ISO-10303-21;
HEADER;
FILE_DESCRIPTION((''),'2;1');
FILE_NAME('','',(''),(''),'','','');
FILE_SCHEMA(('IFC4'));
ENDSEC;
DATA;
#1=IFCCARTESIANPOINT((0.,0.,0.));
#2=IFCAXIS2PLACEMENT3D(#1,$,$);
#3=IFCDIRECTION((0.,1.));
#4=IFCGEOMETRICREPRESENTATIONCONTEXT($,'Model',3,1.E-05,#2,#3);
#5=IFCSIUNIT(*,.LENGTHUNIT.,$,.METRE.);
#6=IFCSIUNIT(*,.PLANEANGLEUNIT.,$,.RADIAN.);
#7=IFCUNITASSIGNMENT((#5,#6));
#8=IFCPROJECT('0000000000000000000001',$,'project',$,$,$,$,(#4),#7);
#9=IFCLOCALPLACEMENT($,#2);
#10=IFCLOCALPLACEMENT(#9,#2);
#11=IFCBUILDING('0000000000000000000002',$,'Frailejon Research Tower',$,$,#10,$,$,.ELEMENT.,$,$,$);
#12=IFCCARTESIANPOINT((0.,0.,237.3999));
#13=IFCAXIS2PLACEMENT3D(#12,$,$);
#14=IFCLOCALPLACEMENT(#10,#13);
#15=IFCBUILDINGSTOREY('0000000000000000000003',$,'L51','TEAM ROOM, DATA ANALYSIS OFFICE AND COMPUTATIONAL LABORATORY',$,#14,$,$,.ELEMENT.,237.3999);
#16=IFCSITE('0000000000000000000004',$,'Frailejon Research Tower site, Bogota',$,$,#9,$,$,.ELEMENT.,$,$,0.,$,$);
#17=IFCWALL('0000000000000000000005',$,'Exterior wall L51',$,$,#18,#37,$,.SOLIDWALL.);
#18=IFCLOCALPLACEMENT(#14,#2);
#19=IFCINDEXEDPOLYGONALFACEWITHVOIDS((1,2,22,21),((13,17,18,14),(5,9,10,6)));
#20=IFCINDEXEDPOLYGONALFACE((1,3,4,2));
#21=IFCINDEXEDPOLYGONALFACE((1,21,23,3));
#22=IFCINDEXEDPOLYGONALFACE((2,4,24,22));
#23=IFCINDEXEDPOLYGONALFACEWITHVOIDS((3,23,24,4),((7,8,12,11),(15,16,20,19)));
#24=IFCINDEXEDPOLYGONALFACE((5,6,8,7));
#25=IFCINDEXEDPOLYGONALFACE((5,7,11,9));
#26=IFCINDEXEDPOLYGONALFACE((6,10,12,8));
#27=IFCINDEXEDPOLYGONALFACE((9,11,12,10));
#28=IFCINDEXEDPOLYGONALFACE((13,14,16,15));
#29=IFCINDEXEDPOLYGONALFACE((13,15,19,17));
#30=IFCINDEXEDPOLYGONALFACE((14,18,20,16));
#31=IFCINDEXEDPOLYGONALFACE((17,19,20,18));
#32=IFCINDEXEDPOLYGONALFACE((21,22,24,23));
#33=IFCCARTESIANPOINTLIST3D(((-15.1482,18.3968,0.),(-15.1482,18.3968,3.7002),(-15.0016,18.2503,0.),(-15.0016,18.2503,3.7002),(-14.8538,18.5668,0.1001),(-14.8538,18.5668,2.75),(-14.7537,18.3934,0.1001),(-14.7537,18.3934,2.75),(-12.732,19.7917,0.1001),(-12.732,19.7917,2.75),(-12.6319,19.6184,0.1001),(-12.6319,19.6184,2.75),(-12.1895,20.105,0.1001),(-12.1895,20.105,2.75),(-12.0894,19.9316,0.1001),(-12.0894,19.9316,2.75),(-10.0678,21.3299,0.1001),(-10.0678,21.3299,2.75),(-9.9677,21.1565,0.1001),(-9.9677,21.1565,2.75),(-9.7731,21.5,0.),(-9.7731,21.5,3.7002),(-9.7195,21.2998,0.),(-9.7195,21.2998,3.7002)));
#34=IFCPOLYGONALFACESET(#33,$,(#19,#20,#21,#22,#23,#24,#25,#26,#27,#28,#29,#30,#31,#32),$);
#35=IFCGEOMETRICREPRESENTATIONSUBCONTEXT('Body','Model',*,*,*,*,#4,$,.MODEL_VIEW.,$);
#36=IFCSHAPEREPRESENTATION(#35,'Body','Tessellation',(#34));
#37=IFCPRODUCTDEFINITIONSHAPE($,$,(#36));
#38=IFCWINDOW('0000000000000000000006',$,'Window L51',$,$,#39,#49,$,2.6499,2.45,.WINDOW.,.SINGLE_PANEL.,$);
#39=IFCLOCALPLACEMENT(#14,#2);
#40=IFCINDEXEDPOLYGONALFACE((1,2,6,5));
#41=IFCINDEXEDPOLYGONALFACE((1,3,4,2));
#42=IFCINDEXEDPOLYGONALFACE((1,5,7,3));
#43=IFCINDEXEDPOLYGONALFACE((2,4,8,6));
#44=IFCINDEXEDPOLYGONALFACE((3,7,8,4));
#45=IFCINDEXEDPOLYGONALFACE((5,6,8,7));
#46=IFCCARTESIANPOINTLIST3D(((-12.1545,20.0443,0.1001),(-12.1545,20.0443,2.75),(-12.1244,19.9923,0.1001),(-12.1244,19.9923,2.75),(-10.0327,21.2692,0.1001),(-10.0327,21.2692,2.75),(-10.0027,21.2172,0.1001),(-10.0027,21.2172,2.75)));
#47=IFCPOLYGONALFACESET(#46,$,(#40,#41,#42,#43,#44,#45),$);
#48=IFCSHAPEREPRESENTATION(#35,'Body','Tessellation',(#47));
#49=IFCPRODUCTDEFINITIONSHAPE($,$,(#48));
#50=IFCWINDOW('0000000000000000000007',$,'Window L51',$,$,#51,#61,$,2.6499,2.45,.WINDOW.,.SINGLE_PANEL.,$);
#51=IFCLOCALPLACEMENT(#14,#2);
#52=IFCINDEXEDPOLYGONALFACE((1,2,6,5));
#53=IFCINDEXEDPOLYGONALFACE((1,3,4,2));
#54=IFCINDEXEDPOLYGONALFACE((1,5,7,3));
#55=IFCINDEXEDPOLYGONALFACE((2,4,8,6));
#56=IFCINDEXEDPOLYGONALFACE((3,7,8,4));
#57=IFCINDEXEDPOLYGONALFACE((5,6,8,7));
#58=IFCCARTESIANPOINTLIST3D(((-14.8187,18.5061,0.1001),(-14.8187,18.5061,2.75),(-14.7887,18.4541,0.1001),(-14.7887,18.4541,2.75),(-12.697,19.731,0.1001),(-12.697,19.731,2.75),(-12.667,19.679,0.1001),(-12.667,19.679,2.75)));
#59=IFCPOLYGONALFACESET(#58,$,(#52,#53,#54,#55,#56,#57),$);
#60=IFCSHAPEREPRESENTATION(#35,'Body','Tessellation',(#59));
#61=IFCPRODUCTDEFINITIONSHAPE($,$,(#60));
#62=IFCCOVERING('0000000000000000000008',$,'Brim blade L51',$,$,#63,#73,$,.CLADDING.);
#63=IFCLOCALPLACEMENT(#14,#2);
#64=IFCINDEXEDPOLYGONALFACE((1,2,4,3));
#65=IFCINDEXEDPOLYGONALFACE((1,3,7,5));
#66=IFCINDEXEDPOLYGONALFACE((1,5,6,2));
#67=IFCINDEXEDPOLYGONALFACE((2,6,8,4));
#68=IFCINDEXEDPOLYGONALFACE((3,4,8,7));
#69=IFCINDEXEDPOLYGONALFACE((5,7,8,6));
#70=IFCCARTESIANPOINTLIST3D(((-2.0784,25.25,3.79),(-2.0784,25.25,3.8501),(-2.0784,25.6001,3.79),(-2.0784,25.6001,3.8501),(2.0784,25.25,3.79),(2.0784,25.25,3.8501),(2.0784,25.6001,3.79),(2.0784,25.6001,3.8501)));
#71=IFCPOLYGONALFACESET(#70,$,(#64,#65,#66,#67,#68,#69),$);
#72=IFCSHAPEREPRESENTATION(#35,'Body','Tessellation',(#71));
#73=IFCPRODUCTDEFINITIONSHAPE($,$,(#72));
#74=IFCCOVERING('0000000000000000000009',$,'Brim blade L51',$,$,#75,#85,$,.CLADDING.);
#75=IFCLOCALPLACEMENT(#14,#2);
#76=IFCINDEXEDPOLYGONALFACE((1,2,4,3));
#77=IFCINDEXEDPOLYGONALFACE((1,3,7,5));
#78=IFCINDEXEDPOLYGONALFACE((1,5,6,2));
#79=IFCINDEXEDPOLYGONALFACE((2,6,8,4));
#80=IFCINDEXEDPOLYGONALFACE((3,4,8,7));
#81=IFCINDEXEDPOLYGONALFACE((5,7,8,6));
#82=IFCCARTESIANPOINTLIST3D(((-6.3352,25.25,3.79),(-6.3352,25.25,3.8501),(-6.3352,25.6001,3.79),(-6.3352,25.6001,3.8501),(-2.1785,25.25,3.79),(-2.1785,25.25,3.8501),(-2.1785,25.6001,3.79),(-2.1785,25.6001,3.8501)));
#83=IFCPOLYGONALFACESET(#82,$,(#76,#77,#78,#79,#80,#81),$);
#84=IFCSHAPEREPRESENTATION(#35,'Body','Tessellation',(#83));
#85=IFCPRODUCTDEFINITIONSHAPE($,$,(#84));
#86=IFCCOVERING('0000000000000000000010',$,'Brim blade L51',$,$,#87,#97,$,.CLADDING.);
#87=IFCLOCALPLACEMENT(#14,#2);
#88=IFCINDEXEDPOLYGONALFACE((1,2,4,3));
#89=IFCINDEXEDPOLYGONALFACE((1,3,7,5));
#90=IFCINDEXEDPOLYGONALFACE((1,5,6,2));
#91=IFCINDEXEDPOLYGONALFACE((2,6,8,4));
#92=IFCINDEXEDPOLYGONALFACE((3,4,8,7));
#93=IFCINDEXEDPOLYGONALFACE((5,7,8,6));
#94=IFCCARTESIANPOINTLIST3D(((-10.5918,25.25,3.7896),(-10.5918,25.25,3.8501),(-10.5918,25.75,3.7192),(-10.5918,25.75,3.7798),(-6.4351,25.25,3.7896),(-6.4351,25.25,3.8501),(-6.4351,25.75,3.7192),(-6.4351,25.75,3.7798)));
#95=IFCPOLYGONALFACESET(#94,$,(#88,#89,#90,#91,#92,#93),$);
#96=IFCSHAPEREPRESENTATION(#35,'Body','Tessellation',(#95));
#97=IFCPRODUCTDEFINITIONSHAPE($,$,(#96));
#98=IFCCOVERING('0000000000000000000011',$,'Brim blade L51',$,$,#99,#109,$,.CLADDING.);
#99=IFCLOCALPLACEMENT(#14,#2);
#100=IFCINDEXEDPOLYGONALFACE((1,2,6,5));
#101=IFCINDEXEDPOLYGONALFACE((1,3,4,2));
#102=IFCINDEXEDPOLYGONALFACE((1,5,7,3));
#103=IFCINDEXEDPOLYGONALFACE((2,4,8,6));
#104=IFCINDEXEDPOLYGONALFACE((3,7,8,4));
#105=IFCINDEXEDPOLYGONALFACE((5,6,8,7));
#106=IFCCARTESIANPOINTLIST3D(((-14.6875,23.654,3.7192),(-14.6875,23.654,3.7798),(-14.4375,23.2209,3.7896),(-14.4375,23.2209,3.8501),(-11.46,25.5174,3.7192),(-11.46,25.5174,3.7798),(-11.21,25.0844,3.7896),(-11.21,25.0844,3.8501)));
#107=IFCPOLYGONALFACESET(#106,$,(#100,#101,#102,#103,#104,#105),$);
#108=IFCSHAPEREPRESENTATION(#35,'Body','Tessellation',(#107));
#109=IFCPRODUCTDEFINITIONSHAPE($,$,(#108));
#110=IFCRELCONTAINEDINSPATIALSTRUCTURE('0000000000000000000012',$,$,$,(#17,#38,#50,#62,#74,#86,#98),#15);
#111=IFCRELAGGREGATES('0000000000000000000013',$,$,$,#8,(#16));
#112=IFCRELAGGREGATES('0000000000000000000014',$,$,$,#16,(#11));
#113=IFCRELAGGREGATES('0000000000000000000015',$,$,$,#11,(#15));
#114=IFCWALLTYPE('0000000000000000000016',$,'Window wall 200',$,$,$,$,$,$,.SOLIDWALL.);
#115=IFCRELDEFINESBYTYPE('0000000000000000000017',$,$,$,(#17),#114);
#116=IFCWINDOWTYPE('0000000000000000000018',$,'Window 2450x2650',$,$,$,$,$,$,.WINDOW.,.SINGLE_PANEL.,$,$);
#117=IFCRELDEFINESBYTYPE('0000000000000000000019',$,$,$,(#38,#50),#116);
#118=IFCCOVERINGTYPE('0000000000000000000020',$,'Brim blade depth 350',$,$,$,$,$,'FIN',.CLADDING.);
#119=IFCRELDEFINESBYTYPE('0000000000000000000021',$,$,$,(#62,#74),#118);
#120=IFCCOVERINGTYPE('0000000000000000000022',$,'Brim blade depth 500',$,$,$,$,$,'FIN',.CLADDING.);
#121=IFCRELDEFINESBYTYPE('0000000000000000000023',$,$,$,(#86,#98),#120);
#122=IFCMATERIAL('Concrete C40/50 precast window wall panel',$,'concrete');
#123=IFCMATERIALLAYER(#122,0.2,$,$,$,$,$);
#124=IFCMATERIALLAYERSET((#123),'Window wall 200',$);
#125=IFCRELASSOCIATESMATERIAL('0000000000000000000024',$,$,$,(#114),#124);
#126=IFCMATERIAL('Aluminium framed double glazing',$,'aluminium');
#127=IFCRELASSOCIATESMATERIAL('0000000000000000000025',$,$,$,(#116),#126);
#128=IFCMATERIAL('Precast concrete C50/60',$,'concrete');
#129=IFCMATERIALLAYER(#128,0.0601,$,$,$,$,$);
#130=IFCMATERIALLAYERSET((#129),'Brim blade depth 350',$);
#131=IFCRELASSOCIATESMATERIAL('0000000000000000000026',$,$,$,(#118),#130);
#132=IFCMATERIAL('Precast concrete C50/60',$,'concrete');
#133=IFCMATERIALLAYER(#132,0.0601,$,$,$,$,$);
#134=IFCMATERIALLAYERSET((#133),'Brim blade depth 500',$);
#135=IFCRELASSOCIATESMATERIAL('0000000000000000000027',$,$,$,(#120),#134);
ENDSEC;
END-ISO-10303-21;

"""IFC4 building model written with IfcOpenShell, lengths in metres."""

from ifc_helpers import new_model, si_unit, direction, frame, frame_2d, origin, place, context, subcontext, project, spatial, polyline, rectangle, outline, extrude, material, layer, layer_set, type_object, element, fill, save


model = new_model("IFC4")

# Units and contexts
model_context = context("Model", 3, precision=1e-05, world=origin(), true_north=direction((0.0, 1.0)))
body_context = subcontext(model_context, "Body", "Model", "MODEL_VIEW")
ifc_project = project(units=[si_unit("LENGTHUNIT", "METRE"), si_unit("PLANEANGLEUNIT", "RADIAN")], contexts=[model_context])

# Site, building, storey
site_placement = place(None, origin())
site = spatial("IfcSite", under=ifc_project, at=site_placement, Name="Frailejon Research Tower site, Bogota", CompositionType="ELEMENT", RefElevation=0.0)
building_placement = place(site_placement, origin())
building = spatial("IfcBuilding", under=site, at=building_placement, Name="Frailejon Research Tower", CompositionType="ELEMENT")
storey_placement = place(building_placement, frame((0.0, 0.0, 237.3999)))
storey = spatial("IfcBuildingStorey", under=building, at=storey_placement, Name="L51", Description="TEAM ROOM, DATA ANALYSIS OFFICE AND COMPUTATIONAL LABORATORY", CompositionType="ELEMENT", Elevation=237.3999)

# Wall, openings, windows
ifc_material_1 = material(Name="Concrete C40/50 precast window wall panel", Category="concrete")
ifc_layer_1 = layer(ifc_material_1, 0.2)
ifc_layer_set_1 = layer_set([ifc_layer_1], Name="Window wall 200")
wall_type = type_object("IfcWallType", Name="Window wall 200", PredefinedType="SOLIDWALL", material=ifc_layer_set_1)
wall_placement = place(storey_placement, frame((-9.7463, 21.3999, 0.0), z_axis=(0.0, 0.0, 1.0), x_axis=(-0.86603, -0.499993, 0.0)))
wall = element("IfcWall", 1, at=wall_placement, inside=storey, type_object=wall_type, Name="Exterior wall L51", PredefinedType="SOLIDWALL", context=body_context, shape_type="SweptSolid", body=[
    extrude(outline(polyline([(-0.0269, -0.1001), (1.0076, -0.1001), (2.042, -0.1001), (3.0764, -0.1001), (4.1108, -0.1001), (5.1453, -0.1001), (6.1797, -0.1001), (6.126, 0.1001), (5.1094, 0.1001), (4.093, 0.1001), (3.0764, 0.1001), (2.0598, 0.1001), (1.0435, 0.1001), (0.0269, 0.1001), (-0.0269, -0.1001)])), origin(), (0.0, 0.0, 1.0), 3.7002),
])
opening_1_placement = place(wall_placement, frame((0.3132, 0.0, 0.1001)))
opening_1 = element("IfcOpeningElement", 2, at=opening_1_placement, cuts=wall, PredefinedType="OPENING", context=body_context, shape_type="SweptSolid", body=[
    extrude(rectangle(XDim=2.45, YDim=2.6499, at=frame_2d((1.2251, 1.325))), frame((0.0, 0.1099, 0.0), z_axis=(0.0, -1.0, 0.0), x_axis=(1.0, 0.0, 0.0)), (0.0, 0.0, 1.0), 0.22),
])
opening_2_placement = place(wall_placement, frame((3.3896, 0.0, 0.1001)))
opening_2 = element("IfcOpeningElement", 3, at=opening_2_placement, cuts=wall, PredefinedType="OPENING", context=body_context, shape_type="SweptSolid", body=[
    extrude(rectangle(XDim=2.45, YDim=2.6499, at=frame_2d((1.2251, 1.325))), frame((0.0, 0.1099, 0.0), z_axis=(0.0, -1.0, 0.0), x_axis=(1.0, 0.0, 0.0)), (0.0, 0.0, 1.0), 0.22),
])
ifc_material_2 = material(Name="Aluminium framed double glazing", Category="aluminium")
window_type = type_object("IfcWindowType", Name="Window 2450x2650", PartitioningType="SINGLE_PANEL", PredefinedType="WINDOW", material=ifc_material_2)
window_1_placement = place(opening_1_placement, origin())
window_1 = element("IfcWindow", 4, at=window_1_placement, inside=storey, type_object=window_type, Name="Window L51", OverallHeight=2.6499, OverallWidth=2.45, PartitioningType="SINGLE_PANEL", PredefinedType="WINDOW", context=body_context, shape_type="SweptSolid", body=[
    extrude(rectangle(XDim=2.45, YDim=2.6499, at=frame_2d((1.2251, 1.325))), frame((0.0, 0.03, 0.0), z_axis=(0.0, -1.0, 0.0), x_axis=(1.0, 0.0, 0.0)), (0.0, 0.0, 1.0), 0.0601),
])
fill(opening_1, window_1)
window_2_placement = place(opening_2_placement, origin())
window_2 = element("IfcWindow", 5, at=window_2_placement, inside=storey, type_object=window_type, Name="Window L51", OverallHeight=2.6499, OverallWidth=2.45, PartitioningType="SINGLE_PANEL", PredefinedType="WINDOW", context=body_context, shape_type="SweptSolid", body=[
    extrude(rectangle(XDim=2.45, YDim=2.6499, at=frame_2d((1.2251, 1.325))), frame((0.0, 0.03, 0.0), z_axis=(0.0, -1.0, 0.0), x_axis=(1.0, 0.0, 0.0)), (0.0, 0.0, 1.0), 0.0601),
])
fill(opening_2, window_2)

# Coverings
ifc_material_3 = material(Name="Precast concrete C50/60", Category="concrete")
ifc_layer_2 = layer(ifc_material_3, 0.0601)
ifc_layer_set_2 = layer_set([ifc_layer_2], Name="Brim blade depth 350")
covering_type_1 = type_object("IfcCoveringType", Name="Brim blade depth 350", ElementType="FIN", PredefinedType="CLADDING", material=ifc_layer_set_2)
for number, where, z_axis, x_axis, name in (
    (6, (-2.0784, 25.25, 3.8501), (1.0, 0.0, 0.0), (0.0, 1.0, 0.0), "Brim blade L51"),
    (7, (-6.3352, 25.25, 3.8501), (1.0, 0.0, 0.0), (0.0, 1.0, 0.0), "Brim blade L51"),
):
    element("IfcCovering", number, at=place(storey_placement, frame(where, z_axis=z_axis, x_axis=x_axis)), inside=storey, type_object=covering_type_1, Name=name, PredefinedType="CLADDING", context=body_context, shape_type="SweptSolid", body=[
        extrude(outline(polyline([(0.0, -0.0601), (0.3501, -0.0601), (0.3501, 0.0), (0.0, 0.0), (0.0, -0.0601)])), origin(), (0.0, 0.0, 1.0), 4.1567),
    ])
ifc_material_4 = material(Name="Precast concrete C50/60", Category="concrete")
ifc_layer_3 = layer(ifc_material_4, 0.0601)
ifc_layer_set_3 = layer_set([ifc_layer_3], Name="Brim blade depth 500")
covering_type_2 = type_object("IfcCoveringType", Name="Brim blade depth 500", ElementType="FIN", PredefinedType="CLADDING", material=ifc_layer_set_3)
covering_1_placement = place(storey_placement, frame((-10.5918, 25.25, 3.8501), z_axis=(1.0, 0.0, 0.0), x_axis=(0.0, 1.0, 0.0)))
element("IfcCovering", 8, at=covering_1_placement, inside=storey, type_object=covering_type_2, Name="Brim blade L51", PredefinedType="CLADDING", context=body_context, shape_type="SweptSolid", body=[
    extrude(outline(polyline([(0.0, -0.0605), (0.5, -0.1309), (0.5, -0.0703), (0.0, 0.0), (0.0, -0.0605)])), origin(), (0.0, 0.0, 1.0), 4.1567),
])
covering_2_placement = place(storey_placement, frame((-14.4375, 23.2209, 3.8501), z_axis=(0.866018, 0.500012, 0.0), x_axis=(-0.500012, 0.866018, 0.0)))
element("IfcCovering", 9, at=covering_2_placement, inside=storey, type_object=covering_type_2, Name="Brim blade L51", PredefinedType="CLADDING", context=body_context, shape_type="SweptSolid", body=[
    extrude(outline(polyline([(0.0, -0.0605), (0.5, -0.1309), (0.5, -0.0703), (0.0, 0.0), (0.0, -0.0605)])), origin(), (0.0, 0.0, 1.0), 3.7268),
])

save(model, "model.ifc")
